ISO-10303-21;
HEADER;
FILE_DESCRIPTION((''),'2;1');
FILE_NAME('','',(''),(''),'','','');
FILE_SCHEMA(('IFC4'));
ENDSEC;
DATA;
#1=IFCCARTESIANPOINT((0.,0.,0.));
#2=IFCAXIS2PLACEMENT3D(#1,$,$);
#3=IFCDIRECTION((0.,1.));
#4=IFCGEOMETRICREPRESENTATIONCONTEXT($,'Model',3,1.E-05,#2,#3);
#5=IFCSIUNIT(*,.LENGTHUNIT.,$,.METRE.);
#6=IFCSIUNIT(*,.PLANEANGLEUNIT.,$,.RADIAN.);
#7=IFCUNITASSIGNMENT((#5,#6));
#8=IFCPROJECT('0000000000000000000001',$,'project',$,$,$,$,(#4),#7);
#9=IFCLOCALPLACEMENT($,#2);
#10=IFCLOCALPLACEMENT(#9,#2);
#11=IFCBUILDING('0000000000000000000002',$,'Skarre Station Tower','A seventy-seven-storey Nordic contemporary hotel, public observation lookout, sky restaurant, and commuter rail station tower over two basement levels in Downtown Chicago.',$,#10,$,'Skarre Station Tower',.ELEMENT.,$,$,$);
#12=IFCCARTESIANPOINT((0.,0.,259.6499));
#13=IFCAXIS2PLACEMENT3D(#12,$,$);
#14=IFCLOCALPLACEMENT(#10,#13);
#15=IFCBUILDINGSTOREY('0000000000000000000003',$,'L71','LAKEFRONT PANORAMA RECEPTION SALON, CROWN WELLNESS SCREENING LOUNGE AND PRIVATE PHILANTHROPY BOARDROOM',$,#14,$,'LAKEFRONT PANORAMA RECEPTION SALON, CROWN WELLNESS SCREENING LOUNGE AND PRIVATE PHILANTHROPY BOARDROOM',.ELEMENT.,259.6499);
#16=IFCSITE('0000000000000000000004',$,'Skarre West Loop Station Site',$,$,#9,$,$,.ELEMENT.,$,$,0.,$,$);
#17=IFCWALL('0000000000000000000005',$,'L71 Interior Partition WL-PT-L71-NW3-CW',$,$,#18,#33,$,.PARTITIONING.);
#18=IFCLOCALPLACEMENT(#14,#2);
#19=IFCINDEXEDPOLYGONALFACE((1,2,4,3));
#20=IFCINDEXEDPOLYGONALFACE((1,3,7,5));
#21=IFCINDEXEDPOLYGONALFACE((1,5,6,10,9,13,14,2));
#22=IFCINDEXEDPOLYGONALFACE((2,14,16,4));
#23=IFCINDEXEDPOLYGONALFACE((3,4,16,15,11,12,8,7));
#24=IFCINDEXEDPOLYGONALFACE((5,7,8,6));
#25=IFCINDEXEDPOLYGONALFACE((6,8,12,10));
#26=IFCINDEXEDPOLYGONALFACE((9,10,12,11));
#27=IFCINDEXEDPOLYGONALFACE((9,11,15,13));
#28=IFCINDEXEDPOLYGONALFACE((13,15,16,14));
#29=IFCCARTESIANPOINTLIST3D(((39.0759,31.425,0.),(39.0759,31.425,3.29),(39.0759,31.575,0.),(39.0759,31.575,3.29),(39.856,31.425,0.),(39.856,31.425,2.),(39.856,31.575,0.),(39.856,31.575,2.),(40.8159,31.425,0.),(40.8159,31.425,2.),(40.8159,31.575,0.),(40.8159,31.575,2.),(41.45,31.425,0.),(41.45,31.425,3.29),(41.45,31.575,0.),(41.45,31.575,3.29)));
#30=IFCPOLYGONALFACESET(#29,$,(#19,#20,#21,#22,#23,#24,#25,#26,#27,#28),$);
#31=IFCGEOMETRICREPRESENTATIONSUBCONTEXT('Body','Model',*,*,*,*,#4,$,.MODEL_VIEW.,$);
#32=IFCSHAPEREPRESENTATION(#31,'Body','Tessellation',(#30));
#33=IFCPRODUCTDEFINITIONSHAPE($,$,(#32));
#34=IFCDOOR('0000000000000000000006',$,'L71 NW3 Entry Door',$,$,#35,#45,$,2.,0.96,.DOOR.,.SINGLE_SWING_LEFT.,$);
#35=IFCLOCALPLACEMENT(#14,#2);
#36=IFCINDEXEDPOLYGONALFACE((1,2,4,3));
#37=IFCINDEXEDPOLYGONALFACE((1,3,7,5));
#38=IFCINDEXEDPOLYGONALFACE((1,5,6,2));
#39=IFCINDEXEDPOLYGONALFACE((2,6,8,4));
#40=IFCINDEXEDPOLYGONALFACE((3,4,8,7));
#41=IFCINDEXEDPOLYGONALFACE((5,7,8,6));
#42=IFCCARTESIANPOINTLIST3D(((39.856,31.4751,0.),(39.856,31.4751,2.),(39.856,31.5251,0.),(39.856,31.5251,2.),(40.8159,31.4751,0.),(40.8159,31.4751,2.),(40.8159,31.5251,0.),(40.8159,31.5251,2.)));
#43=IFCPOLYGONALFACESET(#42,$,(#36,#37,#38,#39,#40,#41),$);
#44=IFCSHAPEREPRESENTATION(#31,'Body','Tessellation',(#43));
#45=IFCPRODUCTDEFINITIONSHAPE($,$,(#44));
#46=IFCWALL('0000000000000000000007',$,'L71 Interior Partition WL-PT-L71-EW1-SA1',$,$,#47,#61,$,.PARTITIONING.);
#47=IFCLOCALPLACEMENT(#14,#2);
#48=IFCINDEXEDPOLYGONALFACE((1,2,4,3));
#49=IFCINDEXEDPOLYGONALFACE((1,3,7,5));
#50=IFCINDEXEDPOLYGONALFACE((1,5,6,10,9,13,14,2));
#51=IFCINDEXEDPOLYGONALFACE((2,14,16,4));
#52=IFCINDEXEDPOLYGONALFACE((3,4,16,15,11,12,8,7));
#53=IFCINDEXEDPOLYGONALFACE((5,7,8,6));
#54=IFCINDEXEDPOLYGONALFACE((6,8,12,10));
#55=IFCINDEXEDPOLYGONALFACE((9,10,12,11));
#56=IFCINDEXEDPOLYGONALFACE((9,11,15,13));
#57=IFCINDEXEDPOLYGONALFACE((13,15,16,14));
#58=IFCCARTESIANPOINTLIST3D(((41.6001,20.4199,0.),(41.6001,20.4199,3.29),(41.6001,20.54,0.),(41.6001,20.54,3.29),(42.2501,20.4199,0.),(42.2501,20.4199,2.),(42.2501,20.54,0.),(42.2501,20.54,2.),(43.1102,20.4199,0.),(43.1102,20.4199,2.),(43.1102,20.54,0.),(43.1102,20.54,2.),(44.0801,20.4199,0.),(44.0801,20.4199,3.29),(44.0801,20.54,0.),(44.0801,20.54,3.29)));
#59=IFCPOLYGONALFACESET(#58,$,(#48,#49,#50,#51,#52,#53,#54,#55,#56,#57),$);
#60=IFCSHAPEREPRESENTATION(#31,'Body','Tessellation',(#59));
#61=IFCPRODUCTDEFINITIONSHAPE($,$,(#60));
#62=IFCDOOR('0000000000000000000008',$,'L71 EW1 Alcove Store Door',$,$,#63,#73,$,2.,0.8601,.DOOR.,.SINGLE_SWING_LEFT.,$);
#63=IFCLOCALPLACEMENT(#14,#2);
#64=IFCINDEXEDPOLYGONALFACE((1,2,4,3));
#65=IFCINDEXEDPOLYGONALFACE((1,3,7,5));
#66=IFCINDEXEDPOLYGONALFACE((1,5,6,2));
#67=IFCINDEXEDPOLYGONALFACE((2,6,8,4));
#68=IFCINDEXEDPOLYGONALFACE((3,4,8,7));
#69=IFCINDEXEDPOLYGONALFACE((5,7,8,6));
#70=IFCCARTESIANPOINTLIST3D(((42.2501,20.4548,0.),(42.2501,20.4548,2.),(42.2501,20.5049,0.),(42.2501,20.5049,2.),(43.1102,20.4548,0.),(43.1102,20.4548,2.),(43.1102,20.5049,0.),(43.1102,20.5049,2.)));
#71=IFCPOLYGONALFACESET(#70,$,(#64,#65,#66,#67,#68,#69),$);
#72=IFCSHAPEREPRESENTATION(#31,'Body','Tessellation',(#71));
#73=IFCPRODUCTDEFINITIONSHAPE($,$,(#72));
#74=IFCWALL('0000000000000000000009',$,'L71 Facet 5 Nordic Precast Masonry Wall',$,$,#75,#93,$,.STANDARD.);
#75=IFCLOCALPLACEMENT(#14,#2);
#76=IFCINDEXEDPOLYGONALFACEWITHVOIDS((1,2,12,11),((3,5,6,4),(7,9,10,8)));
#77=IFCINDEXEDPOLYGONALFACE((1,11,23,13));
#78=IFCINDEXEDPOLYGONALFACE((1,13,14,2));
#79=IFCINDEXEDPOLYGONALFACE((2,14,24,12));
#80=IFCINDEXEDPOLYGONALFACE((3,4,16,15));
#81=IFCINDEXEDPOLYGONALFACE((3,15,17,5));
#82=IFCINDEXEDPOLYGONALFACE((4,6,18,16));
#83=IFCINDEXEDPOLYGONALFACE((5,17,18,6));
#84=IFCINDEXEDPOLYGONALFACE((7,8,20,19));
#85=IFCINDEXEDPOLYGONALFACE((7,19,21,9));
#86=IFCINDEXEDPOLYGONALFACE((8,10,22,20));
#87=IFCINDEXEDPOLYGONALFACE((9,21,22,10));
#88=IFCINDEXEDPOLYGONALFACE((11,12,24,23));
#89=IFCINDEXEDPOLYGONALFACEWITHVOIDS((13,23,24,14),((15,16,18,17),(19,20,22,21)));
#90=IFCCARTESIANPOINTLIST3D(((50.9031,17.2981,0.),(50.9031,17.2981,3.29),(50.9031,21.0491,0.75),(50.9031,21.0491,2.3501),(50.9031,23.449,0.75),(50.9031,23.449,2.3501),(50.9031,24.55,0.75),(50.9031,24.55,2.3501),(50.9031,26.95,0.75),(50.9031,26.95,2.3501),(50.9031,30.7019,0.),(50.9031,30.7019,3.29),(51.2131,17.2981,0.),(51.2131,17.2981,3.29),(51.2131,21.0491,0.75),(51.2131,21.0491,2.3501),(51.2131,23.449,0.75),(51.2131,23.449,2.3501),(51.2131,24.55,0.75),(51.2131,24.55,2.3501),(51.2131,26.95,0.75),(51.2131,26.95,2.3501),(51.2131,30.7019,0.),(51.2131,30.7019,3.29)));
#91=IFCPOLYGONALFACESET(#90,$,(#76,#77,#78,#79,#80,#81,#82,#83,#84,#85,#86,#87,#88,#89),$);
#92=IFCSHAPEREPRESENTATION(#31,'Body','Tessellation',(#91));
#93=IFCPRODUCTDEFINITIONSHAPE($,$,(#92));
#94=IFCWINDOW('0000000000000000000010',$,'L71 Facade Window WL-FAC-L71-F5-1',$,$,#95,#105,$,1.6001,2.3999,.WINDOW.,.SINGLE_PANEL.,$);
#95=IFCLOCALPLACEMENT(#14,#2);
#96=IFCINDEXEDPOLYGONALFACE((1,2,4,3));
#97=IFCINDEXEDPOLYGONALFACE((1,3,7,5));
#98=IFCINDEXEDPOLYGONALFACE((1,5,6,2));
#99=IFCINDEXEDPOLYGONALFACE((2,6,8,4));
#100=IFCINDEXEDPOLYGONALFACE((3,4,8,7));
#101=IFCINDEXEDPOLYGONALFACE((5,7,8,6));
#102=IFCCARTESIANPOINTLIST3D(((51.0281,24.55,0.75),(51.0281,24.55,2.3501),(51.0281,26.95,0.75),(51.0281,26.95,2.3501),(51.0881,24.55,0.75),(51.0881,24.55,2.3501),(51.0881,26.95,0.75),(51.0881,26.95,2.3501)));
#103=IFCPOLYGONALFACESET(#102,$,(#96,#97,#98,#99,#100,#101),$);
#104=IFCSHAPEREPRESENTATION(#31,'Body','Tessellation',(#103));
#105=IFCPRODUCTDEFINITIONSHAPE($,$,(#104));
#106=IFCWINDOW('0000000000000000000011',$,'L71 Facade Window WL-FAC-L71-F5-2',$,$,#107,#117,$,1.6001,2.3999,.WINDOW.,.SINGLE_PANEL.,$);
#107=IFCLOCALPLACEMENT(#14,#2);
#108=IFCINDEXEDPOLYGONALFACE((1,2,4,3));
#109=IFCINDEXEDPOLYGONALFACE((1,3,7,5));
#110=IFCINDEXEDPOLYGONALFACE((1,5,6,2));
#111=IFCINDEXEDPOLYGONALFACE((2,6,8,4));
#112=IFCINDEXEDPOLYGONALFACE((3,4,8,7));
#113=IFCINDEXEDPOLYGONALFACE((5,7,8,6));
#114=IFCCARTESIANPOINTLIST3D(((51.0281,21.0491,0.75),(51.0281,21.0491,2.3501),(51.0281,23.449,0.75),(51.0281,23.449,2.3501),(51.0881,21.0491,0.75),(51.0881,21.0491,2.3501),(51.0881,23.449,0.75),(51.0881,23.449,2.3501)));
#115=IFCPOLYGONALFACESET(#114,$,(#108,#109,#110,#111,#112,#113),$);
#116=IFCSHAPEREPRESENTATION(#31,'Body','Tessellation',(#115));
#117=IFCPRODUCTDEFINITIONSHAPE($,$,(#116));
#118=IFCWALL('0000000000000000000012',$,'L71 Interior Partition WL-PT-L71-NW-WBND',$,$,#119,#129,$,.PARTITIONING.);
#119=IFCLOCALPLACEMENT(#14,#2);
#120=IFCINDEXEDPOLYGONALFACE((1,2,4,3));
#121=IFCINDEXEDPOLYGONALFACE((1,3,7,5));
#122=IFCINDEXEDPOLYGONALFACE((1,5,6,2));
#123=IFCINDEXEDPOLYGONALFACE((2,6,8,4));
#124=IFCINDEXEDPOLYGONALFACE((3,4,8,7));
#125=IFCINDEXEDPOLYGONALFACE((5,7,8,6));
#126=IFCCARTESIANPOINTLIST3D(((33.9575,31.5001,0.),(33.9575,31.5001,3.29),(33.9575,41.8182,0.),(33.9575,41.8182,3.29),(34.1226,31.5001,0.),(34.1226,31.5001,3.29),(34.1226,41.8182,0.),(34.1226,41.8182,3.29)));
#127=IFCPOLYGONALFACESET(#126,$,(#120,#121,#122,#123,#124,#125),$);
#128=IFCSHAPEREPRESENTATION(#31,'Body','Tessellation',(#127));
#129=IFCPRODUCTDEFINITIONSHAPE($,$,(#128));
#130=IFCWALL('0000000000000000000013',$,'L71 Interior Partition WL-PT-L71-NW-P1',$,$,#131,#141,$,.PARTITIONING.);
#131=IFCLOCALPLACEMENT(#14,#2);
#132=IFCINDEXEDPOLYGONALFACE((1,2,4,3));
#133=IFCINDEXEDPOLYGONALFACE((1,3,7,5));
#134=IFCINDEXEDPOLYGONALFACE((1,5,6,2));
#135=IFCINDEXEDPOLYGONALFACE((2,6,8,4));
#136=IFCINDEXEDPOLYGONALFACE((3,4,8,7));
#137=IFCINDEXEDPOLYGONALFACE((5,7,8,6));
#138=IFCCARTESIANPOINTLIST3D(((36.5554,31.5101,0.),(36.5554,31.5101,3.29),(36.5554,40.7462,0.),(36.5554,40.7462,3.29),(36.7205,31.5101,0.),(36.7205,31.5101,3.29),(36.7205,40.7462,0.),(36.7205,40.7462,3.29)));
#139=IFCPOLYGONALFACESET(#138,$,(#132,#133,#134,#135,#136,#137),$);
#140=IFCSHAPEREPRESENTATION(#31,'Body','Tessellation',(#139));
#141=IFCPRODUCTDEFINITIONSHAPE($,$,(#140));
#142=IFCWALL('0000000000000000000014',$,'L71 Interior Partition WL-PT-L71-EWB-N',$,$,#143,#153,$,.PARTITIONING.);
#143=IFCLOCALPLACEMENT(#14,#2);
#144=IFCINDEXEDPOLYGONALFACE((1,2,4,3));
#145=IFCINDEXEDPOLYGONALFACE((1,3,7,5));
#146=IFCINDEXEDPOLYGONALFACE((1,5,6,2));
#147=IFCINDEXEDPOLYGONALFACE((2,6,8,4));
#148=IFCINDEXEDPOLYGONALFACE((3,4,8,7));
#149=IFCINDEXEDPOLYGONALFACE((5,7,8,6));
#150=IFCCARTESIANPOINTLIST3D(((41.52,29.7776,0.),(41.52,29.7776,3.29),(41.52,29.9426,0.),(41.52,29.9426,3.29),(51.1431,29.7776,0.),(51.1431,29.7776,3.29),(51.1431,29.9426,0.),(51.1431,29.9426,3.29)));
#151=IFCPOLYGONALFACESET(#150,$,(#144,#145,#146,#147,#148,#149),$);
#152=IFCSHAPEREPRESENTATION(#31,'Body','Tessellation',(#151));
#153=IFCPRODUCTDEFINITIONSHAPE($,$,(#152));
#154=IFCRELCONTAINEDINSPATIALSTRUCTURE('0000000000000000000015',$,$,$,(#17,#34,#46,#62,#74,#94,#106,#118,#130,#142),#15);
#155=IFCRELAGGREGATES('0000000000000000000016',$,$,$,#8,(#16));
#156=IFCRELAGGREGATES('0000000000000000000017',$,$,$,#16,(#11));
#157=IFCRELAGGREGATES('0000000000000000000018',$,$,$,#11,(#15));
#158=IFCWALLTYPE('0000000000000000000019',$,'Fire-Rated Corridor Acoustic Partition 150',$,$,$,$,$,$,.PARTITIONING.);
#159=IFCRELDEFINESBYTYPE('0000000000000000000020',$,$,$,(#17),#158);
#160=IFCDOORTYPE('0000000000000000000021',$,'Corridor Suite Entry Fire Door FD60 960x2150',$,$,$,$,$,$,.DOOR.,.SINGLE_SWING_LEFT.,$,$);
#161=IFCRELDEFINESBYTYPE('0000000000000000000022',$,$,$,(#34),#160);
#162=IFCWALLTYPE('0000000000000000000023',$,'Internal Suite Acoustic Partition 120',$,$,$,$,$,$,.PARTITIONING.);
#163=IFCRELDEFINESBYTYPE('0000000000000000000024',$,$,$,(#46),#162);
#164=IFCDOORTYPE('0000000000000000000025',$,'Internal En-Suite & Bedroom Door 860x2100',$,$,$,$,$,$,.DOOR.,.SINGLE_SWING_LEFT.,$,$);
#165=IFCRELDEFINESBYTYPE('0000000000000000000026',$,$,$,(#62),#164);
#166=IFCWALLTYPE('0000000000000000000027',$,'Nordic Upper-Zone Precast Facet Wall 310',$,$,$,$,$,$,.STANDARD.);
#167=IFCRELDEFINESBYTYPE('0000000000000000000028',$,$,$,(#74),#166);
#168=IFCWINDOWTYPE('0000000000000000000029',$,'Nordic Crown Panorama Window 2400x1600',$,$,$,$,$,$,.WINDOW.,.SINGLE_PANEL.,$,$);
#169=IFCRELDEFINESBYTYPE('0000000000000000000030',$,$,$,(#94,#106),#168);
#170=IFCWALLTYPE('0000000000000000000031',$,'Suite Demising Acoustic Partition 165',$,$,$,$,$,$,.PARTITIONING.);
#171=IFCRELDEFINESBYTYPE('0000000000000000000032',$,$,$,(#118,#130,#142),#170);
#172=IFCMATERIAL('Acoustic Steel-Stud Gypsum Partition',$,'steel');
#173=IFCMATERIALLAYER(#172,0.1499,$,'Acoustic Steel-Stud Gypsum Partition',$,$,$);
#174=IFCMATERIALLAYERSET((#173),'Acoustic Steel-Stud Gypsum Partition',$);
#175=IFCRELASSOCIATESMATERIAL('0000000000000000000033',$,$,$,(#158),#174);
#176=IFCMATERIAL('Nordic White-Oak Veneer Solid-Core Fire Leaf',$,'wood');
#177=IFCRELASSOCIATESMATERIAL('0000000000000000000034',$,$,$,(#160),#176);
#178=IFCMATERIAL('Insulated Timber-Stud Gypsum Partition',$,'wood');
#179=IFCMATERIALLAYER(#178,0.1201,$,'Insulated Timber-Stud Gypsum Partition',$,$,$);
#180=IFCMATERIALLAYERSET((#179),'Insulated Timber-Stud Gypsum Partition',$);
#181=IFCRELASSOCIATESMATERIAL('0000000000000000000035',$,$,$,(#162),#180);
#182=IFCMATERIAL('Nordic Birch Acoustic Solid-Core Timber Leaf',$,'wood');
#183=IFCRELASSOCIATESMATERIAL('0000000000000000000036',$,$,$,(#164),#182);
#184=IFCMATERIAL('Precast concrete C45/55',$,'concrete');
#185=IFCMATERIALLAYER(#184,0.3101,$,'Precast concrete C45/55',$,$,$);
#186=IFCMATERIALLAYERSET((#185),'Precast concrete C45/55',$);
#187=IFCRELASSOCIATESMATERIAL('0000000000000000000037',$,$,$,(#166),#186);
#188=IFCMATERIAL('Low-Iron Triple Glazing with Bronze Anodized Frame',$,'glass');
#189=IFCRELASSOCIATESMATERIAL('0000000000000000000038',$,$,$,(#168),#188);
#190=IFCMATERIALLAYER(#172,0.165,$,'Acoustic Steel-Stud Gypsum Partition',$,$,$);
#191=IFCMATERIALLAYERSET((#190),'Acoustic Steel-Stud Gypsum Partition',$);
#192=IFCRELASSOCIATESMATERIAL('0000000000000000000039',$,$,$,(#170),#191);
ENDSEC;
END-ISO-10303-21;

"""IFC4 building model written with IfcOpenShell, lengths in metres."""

from ifc_helpers import new_model, si_unit, direction, frame, frame_2d, origin, place, context, subcontext, project, spatial, rectangle, extrude, material, layer, layer_set, type_object, element, fill, save


model = new_model("IFC4")

# Units and contexts
model_context = context("Model", 3, precision=1e-05, world=origin(), true_north=direction((0.0, 1.0)))
body_context = subcontext(model_context, "Body", "Model", "MODEL_VIEW")
ifc_project = project(units=[si_unit("LENGTHUNIT", "METRE"), si_unit("PLANEANGLEUNIT", "RADIAN")], contexts=[model_context])

# Site, building, storey
site_placement = place(None, origin())
site = spatial("IfcSite", under=ifc_project, at=site_placement, Name="Skarre West Loop Station Site", CompositionType="ELEMENT", RefElevation=0.0)
building_placement = place(site_placement, origin())
building = spatial("IfcBuilding", under=site, at=building_placement, Name="Skarre Station Tower", Description="A seventy-seven-storey Nordic contemporary hotel, public observation lookout, sky restaurant, and commuter rail station tower over two basement levels in Downtown Chicago.", LongName="Skarre Station Tower", CompositionType="ELEMENT")
storey_placement = place(building_placement, frame((0.0, 0.0, 259.6499)))
storey = spatial("IfcBuildingStorey", under=building, at=storey_placement, Name="L71", Description="LAKEFRONT PANORAMA RECEPTION SALON, CROWN WELLNESS SCREENING LOUNGE AND PRIVATE PHILANTHROPY BOARDROOM", LongName="LAKEFRONT PANORAMA RECEPTION SALON, CROWN WELLNESS SCREENING LOUNGE AND PRIVATE PHILANTHROPY BOARDROOM", CompositionType="ELEMENT", Elevation=259.6499)

# Shared definitions
ifc_material_1 = material(Name="Acoustic Steel-Stud Gypsum Partition", Category="steel")
ifc_layer_1 = layer(ifc_material_1, 0.1499, Name="Acoustic Steel-Stud Gypsum Partition")
ifc_layer_set_1 = layer_set([ifc_layer_1], Name="Acoustic Steel-Stud Gypsum Partition")
wall_type_1 = type_object("IfcWallType", Name="Fire-Rated Corridor Acoustic Partition 150", PredefinedType="PARTITIONING", material=ifc_layer_set_1)

# Walls, openings, doors
ifc_material_2 = material(Name="Nordic White-Oak Veneer Solid-Core Fire Leaf", Category="wood")
door_type_1 = type_object("IfcDoorType", Name="Corridor Suite Entry Fire Door FD60 960x2150", OperationType="SINGLE_SWING_LEFT", PredefinedType="DOOR", material=ifc_material_2)
wall_1_placement = place(storey_placement, frame((41.45, 31.5, 0.0), z_axis=(0.0, 0.0, 1.0), x_axis=(-1.0, 0.0, 0.0)))
wall_1 = element("IfcWall", 1, at=wall_1_placement, inside=storey, type_object=wall_type_1, Name="L71 Interior Partition WL-PT-L71-NW3-CW", PredefinedType="PARTITIONING", context=body_context, shape_type="SweptSolid", body=[
    extrude(rectangle(XDim=2.374, YDim=0.1499, at=frame_2d((1.187, 0.0))), origin(), (0.0, 0.0, 1.0), 3.29),
])
opening_1_placement = place(wall_1_placement, frame((0.634, 0.0, 0.0)))
opening_1 = element("IfcOpeningElement", 2, at=opening_1_placement, cuts=wall_1, PredefinedType="OPENING", context=body_context, shape_type="SweptSolid", body=[
    extrude(rectangle(XDim=0.96, YDim=2.0, at=frame_2d((0.48, 1.0))), frame((0.0, 0.085, 0.0), z_axis=(0.0, -1.0, 0.0), x_axis=(1.0, 0.0, 0.0)), (0.0, 0.0, 1.0), 0.1699),
])
door_1_placement = place(opening_1_placement, origin())
door_1 = element("IfcDoor", 3, at=door_1_placement, inside=storey, type_object=door_type_1, Name="L71 NW3 Entry Door", OperationType="SINGLE_SWING_LEFT", OverallHeight=2.0, OverallWidth=0.96, PredefinedType="DOOR", context=body_context, shape_type="SweptSolid", body=[
    extrude(rectangle(XDim=0.96, YDim=2.0, at=frame_2d((0.48, 1.0))), frame((0.0, 0.0249, 0.0), z_axis=(0.0, -1.0, 0.0), x_axis=(1.0, 0.0, 0.0)), (0.0, 0.0, 1.0), 0.05),
])
fill(opening_1, door_1)
ifc_material_3 = material(Name="Insulated Timber-Stud Gypsum Partition", Category="wood")
ifc_layer_2 = layer(ifc_material_3, 0.1201, Name="Insulated Timber-Stud Gypsum Partition")
ifc_layer_set_2 = layer_set([ifc_layer_2], Name="Insulated Timber-Stud Gypsum Partition")
wall_type_2 = type_object("IfcWallType", Name="Internal Suite Acoustic Partition 120", PredefinedType="PARTITIONING", material=ifc_layer_set_2)
wall_2_placement = place(storey_placement, frame((41.6001, 20.48, 0.0), z_axis=(0.0, 0.0, 1.0), x_axis=(1.0, 0.0, 0.0)))
wall_2 = element("IfcWall", 4, at=wall_2_placement, inside=storey, type_object=wall_type_2, Name="L71 Interior Partition WL-PT-L71-EW1-SA1", PredefinedType="PARTITIONING", context=body_context, shape_type="SweptSolid", body=[
    extrude(rectangle(XDim=2.48, YDim=0.1201, at=frame_2d((1.24, 0.0))), origin(), (0.0, 0.0, 1.0), 3.29),
])
opening_2_placement = place(wall_2_placement, frame((0.6499, 0.0, 0.0)))
opening_2 = element("IfcOpeningElement", 5, at=opening_2_placement, cuts=wall_2, PredefinedType="OPENING", context=body_context, shape_type="SweptSolid", body=[
    extrude(rectangle(XDim=0.8601, YDim=2.0, at=frame_2d((0.4302, 1.0))), frame((0.0, 0.0701, 0.0), z_axis=(0.0, -1.0, 0.0), x_axis=(1.0, 0.0, 0.0)), (0.0, 0.0, 1.0), 0.1401),
])
ifc_material_4 = material(Name="Nordic Birch Acoustic Solid-Core Timber Leaf", Category="wood")
door_type_2 = type_object("IfcDoorType", Name="Internal En-Suite & Bedroom Door 860x2100", OperationType="SINGLE_SWING_LEFT", PredefinedType="DOOR", material=ifc_material_4)
door_2_placement = place(opening_2_placement, origin())
door_2 = element("IfcDoor", 6, at=door_2_placement, inside=storey, type_object=door_type_2, Name="L71 EW1 Alcove Store Door", OperationType="SINGLE_SWING_LEFT", OverallHeight=2.0, OverallWidth=0.8601, PredefinedType="DOOR", context=body_context, shape_type="SweptSolid", body=[
    extrude(rectangle(XDim=0.8601, YDim=2.0, at=frame_2d((0.4302, 1.0))), frame((0.0, 0.0249, 0.0), z_axis=(0.0, -1.0, 0.0), x_axis=(1.0, 0.0, 0.0)), (0.0, 0.0, 1.0), 0.05),
])
fill(opening_2, door_2)

# Wall, openings, windows
ifc_material_5 = material(Name="Precast concrete C45/55", Category="concrete")
ifc_layer_3 = layer(ifc_material_5, 0.3101, Name="Precast concrete C45/55")
ifc_layer_set_3 = layer_set([ifc_layer_3], Name="Precast concrete C45/55")
wall_type_3 = type_object("IfcWallType", Name="Nordic Upper-Zone Precast Facet Wall 310", PredefinedType="STANDARD", material=ifc_layer_set_3)
wall_3_placement = place(storey_placement, frame((51.0581, 30.7019, 0.0), z_axis=(0.0, 0.0, 1.0), x_axis=(0.0, -1.0, 0.0)))
wall_3 = element("IfcWall", 7, at=wall_3_placement, inside=storey, type_object=wall_type_3, Name="L71 Facet 5 Nordic Precast Masonry Wall", PredefinedType="STANDARD", context=body_context, shape_type="SweptSolid", body=[
    extrude(rectangle(XDim=13.4038, YDim=0.3101, at=frame_2d((6.7019, 0.0))), origin(), (0.0, 0.0, 1.0), 3.29),
])
opening_3_placement = place(wall_3_placement, frame((3.752, 0.0, 0.75)))
opening_3 = element("IfcOpeningElement", 8, at=opening_3_placement, cuts=wall_3, PredefinedType="OPENING", context=body_context, shape_type="SweptSolid", body=[
    extrude(rectangle(XDim=2.3999, YDim=1.6001, at=frame_2d((1.2, 0.8))), frame((0.0, 0.165, 0.0), z_axis=(0.0, -1.0, 0.0), x_axis=(1.0, 0.0, 0.0)), (0.0, 0.0, 1.0), 0.3301),
])
opening_4_placement = place(wall_3_placement, frame((7.2529, 0.0, 0.75)))
opening_4 = element("IfcOpeningElement", 9, at=opening_4_placement, cuts=wall_3, PredefinedType="OPENING", context=body_context, shape_type="SweptSolid", body=[
    extrude(rectangle(XDim=2.3999, YDim=1.6001, at=frame_2d((1.2, 0.8))), frame((0.0, 0.165, 0.0), z_axis=(0.0, -1.0, 0.0), x_axis=(1.0, 0.0, 0.0)), (0.0, 0.0, 1.0), 0.3301),
])
ifc_material_6 = material(Name="Low-Iron Triple Glazing with Bronze Anodized Frame", Category="glass")
window_type = type_object("IfcWindowType", Name="Nordic Crown Panorama Window 2400x1600", PartitioningType="SINGLE_PANEL", PredefinedType="WINDOW", material=ifc_material_6)
window_1_placement = place(opening_3_placement, origin())
window_1 = element("IfcWindow", 10, at=window_1_placement, inside=storey, type_object=window_type, Name="L71 Facade Window WL-FAC-L71-F5-1", OverallHeight=1.6001, OverallWidth=2.3999, PartitioningType="SINGLE_PANEL", PredefinedType="WINDOW", context=body_context, shape_type="SweptSolid", body=[
    extrude(rectangle(XDim=2.3999, YDim=1.6001, at=frame_2d((1.2, 0.8))), frame((0.0, 0.03, 0.0), z_axis=(0.0, -1.0, 0.0), x_axis=(1.0, 0.0, 0.0)), (0.0, 0.0, 1.0), 0.0601),
])
fill(opening_3, window_1)
window_2_placement = place(opening_4_placement, origin())
window_2 = element("IfcWindow", 11, at=window_2_placement, inside=storey, type_object=window_type, Name="L71 Facade Window WL-FAC-L71-F5-2", OverallHeight=1.6001, OverallWidth=2.3999, PartitioningType="SINGLE_PANEL", PredefinedType="WINDOW", context=body_context, shape_type="SweptSolid", body=[
    extrude(rectangle(XDim=2.3999, YDim=1.6001, at=frame_2d((1.2, 0.8))), frame((0.0, 0.03, 0.0), z_axis=(0.0, -1.0, 0.0), x_axis=(1.0, 0.0, 0.0)), (0.0, 0.0, 1.0), 0.0601),
])
fill(opening_4, window_2)

# Walls
ifc_layer_4 = layer(ifc_material_1, 0.165, Name="Acoustic Steel-Stud Gypsum Partition")
ifc_layer_set_4 = layer_set([ifc_layer_4], Name="Acoustic Steel-Stud Gypsum Partition")
wall_type_4 = type_object("IfcWallType", Name="Suite Demising Acoustic Partition 165", PredefinedType="PARTITIONING", material=ifc_layer_set_4)
wall_4_placement = place(storey_placement, frame((34.04, 31.5, 0.0), z_axis=(0.0, 0.0, 1.0), x_axis=(0.0, 1.0, 0.0)))
element("IfcWall", 12, at=wall_4_placement, inside=storey, type_object=wall_type_4, Name="L71 Interior Partition WL-PT-L71-NW-WBND", PredefinedType="PARTITIONING", context=body_context, shape_type="SweptSolid", body=[
    extrude(rectangle(XDim=10.3181, YDim=0.165, at=frame_2d((5.1592, 0.0))), origin(), (0.0, 0.0, 1.0), 3.29),
])
wall_5_placement = place(storey_placement, frame((36.6379, 31.51, 0.0), z_axis=(0.0, 0.0, 1.0), x_axis=(0.0, 1.0, 0.0)))
element("IfcWall", 13, at=wall_5_placement, inside=storey, type_object=wall_type_4, Name="L71 Interior Partition WL-PT-L71-NW-P1", PredefinedType="PARTITIONING", context=body_context, shape_type="SweptSolid", body=[
    extrude(rectangle(XDim=9.2361, YDim=0.165, at=frame_2d((4.6182, 0.0))), origin(), (0.0, 0.0, 1.0), 3.29),
])
wall_6_placement = place(storey_placement, frame((41.52, 29.8601, 0.0), z_axis=(0.0, 0.0, 1.0), x_axis=(1.0, 0.0, 0.0)))
element("IfcWall", 14, at=wall_6_placement, inside=storey, type_object=wall_type_4, Name="L71 Interior Partition WL-PT-L71-EWB-N", PredefinedType="PARTITIONING", context=body_context, shape_type="SweptSolid", body=[
    extrude(rectangle(XDim=9.623, YDim=0.165, at=frame_2d((4.8115, 0.0))), origin(), (0.0, 0.0, 1.0), 3.29),
])

save(model, "model.ifc")
